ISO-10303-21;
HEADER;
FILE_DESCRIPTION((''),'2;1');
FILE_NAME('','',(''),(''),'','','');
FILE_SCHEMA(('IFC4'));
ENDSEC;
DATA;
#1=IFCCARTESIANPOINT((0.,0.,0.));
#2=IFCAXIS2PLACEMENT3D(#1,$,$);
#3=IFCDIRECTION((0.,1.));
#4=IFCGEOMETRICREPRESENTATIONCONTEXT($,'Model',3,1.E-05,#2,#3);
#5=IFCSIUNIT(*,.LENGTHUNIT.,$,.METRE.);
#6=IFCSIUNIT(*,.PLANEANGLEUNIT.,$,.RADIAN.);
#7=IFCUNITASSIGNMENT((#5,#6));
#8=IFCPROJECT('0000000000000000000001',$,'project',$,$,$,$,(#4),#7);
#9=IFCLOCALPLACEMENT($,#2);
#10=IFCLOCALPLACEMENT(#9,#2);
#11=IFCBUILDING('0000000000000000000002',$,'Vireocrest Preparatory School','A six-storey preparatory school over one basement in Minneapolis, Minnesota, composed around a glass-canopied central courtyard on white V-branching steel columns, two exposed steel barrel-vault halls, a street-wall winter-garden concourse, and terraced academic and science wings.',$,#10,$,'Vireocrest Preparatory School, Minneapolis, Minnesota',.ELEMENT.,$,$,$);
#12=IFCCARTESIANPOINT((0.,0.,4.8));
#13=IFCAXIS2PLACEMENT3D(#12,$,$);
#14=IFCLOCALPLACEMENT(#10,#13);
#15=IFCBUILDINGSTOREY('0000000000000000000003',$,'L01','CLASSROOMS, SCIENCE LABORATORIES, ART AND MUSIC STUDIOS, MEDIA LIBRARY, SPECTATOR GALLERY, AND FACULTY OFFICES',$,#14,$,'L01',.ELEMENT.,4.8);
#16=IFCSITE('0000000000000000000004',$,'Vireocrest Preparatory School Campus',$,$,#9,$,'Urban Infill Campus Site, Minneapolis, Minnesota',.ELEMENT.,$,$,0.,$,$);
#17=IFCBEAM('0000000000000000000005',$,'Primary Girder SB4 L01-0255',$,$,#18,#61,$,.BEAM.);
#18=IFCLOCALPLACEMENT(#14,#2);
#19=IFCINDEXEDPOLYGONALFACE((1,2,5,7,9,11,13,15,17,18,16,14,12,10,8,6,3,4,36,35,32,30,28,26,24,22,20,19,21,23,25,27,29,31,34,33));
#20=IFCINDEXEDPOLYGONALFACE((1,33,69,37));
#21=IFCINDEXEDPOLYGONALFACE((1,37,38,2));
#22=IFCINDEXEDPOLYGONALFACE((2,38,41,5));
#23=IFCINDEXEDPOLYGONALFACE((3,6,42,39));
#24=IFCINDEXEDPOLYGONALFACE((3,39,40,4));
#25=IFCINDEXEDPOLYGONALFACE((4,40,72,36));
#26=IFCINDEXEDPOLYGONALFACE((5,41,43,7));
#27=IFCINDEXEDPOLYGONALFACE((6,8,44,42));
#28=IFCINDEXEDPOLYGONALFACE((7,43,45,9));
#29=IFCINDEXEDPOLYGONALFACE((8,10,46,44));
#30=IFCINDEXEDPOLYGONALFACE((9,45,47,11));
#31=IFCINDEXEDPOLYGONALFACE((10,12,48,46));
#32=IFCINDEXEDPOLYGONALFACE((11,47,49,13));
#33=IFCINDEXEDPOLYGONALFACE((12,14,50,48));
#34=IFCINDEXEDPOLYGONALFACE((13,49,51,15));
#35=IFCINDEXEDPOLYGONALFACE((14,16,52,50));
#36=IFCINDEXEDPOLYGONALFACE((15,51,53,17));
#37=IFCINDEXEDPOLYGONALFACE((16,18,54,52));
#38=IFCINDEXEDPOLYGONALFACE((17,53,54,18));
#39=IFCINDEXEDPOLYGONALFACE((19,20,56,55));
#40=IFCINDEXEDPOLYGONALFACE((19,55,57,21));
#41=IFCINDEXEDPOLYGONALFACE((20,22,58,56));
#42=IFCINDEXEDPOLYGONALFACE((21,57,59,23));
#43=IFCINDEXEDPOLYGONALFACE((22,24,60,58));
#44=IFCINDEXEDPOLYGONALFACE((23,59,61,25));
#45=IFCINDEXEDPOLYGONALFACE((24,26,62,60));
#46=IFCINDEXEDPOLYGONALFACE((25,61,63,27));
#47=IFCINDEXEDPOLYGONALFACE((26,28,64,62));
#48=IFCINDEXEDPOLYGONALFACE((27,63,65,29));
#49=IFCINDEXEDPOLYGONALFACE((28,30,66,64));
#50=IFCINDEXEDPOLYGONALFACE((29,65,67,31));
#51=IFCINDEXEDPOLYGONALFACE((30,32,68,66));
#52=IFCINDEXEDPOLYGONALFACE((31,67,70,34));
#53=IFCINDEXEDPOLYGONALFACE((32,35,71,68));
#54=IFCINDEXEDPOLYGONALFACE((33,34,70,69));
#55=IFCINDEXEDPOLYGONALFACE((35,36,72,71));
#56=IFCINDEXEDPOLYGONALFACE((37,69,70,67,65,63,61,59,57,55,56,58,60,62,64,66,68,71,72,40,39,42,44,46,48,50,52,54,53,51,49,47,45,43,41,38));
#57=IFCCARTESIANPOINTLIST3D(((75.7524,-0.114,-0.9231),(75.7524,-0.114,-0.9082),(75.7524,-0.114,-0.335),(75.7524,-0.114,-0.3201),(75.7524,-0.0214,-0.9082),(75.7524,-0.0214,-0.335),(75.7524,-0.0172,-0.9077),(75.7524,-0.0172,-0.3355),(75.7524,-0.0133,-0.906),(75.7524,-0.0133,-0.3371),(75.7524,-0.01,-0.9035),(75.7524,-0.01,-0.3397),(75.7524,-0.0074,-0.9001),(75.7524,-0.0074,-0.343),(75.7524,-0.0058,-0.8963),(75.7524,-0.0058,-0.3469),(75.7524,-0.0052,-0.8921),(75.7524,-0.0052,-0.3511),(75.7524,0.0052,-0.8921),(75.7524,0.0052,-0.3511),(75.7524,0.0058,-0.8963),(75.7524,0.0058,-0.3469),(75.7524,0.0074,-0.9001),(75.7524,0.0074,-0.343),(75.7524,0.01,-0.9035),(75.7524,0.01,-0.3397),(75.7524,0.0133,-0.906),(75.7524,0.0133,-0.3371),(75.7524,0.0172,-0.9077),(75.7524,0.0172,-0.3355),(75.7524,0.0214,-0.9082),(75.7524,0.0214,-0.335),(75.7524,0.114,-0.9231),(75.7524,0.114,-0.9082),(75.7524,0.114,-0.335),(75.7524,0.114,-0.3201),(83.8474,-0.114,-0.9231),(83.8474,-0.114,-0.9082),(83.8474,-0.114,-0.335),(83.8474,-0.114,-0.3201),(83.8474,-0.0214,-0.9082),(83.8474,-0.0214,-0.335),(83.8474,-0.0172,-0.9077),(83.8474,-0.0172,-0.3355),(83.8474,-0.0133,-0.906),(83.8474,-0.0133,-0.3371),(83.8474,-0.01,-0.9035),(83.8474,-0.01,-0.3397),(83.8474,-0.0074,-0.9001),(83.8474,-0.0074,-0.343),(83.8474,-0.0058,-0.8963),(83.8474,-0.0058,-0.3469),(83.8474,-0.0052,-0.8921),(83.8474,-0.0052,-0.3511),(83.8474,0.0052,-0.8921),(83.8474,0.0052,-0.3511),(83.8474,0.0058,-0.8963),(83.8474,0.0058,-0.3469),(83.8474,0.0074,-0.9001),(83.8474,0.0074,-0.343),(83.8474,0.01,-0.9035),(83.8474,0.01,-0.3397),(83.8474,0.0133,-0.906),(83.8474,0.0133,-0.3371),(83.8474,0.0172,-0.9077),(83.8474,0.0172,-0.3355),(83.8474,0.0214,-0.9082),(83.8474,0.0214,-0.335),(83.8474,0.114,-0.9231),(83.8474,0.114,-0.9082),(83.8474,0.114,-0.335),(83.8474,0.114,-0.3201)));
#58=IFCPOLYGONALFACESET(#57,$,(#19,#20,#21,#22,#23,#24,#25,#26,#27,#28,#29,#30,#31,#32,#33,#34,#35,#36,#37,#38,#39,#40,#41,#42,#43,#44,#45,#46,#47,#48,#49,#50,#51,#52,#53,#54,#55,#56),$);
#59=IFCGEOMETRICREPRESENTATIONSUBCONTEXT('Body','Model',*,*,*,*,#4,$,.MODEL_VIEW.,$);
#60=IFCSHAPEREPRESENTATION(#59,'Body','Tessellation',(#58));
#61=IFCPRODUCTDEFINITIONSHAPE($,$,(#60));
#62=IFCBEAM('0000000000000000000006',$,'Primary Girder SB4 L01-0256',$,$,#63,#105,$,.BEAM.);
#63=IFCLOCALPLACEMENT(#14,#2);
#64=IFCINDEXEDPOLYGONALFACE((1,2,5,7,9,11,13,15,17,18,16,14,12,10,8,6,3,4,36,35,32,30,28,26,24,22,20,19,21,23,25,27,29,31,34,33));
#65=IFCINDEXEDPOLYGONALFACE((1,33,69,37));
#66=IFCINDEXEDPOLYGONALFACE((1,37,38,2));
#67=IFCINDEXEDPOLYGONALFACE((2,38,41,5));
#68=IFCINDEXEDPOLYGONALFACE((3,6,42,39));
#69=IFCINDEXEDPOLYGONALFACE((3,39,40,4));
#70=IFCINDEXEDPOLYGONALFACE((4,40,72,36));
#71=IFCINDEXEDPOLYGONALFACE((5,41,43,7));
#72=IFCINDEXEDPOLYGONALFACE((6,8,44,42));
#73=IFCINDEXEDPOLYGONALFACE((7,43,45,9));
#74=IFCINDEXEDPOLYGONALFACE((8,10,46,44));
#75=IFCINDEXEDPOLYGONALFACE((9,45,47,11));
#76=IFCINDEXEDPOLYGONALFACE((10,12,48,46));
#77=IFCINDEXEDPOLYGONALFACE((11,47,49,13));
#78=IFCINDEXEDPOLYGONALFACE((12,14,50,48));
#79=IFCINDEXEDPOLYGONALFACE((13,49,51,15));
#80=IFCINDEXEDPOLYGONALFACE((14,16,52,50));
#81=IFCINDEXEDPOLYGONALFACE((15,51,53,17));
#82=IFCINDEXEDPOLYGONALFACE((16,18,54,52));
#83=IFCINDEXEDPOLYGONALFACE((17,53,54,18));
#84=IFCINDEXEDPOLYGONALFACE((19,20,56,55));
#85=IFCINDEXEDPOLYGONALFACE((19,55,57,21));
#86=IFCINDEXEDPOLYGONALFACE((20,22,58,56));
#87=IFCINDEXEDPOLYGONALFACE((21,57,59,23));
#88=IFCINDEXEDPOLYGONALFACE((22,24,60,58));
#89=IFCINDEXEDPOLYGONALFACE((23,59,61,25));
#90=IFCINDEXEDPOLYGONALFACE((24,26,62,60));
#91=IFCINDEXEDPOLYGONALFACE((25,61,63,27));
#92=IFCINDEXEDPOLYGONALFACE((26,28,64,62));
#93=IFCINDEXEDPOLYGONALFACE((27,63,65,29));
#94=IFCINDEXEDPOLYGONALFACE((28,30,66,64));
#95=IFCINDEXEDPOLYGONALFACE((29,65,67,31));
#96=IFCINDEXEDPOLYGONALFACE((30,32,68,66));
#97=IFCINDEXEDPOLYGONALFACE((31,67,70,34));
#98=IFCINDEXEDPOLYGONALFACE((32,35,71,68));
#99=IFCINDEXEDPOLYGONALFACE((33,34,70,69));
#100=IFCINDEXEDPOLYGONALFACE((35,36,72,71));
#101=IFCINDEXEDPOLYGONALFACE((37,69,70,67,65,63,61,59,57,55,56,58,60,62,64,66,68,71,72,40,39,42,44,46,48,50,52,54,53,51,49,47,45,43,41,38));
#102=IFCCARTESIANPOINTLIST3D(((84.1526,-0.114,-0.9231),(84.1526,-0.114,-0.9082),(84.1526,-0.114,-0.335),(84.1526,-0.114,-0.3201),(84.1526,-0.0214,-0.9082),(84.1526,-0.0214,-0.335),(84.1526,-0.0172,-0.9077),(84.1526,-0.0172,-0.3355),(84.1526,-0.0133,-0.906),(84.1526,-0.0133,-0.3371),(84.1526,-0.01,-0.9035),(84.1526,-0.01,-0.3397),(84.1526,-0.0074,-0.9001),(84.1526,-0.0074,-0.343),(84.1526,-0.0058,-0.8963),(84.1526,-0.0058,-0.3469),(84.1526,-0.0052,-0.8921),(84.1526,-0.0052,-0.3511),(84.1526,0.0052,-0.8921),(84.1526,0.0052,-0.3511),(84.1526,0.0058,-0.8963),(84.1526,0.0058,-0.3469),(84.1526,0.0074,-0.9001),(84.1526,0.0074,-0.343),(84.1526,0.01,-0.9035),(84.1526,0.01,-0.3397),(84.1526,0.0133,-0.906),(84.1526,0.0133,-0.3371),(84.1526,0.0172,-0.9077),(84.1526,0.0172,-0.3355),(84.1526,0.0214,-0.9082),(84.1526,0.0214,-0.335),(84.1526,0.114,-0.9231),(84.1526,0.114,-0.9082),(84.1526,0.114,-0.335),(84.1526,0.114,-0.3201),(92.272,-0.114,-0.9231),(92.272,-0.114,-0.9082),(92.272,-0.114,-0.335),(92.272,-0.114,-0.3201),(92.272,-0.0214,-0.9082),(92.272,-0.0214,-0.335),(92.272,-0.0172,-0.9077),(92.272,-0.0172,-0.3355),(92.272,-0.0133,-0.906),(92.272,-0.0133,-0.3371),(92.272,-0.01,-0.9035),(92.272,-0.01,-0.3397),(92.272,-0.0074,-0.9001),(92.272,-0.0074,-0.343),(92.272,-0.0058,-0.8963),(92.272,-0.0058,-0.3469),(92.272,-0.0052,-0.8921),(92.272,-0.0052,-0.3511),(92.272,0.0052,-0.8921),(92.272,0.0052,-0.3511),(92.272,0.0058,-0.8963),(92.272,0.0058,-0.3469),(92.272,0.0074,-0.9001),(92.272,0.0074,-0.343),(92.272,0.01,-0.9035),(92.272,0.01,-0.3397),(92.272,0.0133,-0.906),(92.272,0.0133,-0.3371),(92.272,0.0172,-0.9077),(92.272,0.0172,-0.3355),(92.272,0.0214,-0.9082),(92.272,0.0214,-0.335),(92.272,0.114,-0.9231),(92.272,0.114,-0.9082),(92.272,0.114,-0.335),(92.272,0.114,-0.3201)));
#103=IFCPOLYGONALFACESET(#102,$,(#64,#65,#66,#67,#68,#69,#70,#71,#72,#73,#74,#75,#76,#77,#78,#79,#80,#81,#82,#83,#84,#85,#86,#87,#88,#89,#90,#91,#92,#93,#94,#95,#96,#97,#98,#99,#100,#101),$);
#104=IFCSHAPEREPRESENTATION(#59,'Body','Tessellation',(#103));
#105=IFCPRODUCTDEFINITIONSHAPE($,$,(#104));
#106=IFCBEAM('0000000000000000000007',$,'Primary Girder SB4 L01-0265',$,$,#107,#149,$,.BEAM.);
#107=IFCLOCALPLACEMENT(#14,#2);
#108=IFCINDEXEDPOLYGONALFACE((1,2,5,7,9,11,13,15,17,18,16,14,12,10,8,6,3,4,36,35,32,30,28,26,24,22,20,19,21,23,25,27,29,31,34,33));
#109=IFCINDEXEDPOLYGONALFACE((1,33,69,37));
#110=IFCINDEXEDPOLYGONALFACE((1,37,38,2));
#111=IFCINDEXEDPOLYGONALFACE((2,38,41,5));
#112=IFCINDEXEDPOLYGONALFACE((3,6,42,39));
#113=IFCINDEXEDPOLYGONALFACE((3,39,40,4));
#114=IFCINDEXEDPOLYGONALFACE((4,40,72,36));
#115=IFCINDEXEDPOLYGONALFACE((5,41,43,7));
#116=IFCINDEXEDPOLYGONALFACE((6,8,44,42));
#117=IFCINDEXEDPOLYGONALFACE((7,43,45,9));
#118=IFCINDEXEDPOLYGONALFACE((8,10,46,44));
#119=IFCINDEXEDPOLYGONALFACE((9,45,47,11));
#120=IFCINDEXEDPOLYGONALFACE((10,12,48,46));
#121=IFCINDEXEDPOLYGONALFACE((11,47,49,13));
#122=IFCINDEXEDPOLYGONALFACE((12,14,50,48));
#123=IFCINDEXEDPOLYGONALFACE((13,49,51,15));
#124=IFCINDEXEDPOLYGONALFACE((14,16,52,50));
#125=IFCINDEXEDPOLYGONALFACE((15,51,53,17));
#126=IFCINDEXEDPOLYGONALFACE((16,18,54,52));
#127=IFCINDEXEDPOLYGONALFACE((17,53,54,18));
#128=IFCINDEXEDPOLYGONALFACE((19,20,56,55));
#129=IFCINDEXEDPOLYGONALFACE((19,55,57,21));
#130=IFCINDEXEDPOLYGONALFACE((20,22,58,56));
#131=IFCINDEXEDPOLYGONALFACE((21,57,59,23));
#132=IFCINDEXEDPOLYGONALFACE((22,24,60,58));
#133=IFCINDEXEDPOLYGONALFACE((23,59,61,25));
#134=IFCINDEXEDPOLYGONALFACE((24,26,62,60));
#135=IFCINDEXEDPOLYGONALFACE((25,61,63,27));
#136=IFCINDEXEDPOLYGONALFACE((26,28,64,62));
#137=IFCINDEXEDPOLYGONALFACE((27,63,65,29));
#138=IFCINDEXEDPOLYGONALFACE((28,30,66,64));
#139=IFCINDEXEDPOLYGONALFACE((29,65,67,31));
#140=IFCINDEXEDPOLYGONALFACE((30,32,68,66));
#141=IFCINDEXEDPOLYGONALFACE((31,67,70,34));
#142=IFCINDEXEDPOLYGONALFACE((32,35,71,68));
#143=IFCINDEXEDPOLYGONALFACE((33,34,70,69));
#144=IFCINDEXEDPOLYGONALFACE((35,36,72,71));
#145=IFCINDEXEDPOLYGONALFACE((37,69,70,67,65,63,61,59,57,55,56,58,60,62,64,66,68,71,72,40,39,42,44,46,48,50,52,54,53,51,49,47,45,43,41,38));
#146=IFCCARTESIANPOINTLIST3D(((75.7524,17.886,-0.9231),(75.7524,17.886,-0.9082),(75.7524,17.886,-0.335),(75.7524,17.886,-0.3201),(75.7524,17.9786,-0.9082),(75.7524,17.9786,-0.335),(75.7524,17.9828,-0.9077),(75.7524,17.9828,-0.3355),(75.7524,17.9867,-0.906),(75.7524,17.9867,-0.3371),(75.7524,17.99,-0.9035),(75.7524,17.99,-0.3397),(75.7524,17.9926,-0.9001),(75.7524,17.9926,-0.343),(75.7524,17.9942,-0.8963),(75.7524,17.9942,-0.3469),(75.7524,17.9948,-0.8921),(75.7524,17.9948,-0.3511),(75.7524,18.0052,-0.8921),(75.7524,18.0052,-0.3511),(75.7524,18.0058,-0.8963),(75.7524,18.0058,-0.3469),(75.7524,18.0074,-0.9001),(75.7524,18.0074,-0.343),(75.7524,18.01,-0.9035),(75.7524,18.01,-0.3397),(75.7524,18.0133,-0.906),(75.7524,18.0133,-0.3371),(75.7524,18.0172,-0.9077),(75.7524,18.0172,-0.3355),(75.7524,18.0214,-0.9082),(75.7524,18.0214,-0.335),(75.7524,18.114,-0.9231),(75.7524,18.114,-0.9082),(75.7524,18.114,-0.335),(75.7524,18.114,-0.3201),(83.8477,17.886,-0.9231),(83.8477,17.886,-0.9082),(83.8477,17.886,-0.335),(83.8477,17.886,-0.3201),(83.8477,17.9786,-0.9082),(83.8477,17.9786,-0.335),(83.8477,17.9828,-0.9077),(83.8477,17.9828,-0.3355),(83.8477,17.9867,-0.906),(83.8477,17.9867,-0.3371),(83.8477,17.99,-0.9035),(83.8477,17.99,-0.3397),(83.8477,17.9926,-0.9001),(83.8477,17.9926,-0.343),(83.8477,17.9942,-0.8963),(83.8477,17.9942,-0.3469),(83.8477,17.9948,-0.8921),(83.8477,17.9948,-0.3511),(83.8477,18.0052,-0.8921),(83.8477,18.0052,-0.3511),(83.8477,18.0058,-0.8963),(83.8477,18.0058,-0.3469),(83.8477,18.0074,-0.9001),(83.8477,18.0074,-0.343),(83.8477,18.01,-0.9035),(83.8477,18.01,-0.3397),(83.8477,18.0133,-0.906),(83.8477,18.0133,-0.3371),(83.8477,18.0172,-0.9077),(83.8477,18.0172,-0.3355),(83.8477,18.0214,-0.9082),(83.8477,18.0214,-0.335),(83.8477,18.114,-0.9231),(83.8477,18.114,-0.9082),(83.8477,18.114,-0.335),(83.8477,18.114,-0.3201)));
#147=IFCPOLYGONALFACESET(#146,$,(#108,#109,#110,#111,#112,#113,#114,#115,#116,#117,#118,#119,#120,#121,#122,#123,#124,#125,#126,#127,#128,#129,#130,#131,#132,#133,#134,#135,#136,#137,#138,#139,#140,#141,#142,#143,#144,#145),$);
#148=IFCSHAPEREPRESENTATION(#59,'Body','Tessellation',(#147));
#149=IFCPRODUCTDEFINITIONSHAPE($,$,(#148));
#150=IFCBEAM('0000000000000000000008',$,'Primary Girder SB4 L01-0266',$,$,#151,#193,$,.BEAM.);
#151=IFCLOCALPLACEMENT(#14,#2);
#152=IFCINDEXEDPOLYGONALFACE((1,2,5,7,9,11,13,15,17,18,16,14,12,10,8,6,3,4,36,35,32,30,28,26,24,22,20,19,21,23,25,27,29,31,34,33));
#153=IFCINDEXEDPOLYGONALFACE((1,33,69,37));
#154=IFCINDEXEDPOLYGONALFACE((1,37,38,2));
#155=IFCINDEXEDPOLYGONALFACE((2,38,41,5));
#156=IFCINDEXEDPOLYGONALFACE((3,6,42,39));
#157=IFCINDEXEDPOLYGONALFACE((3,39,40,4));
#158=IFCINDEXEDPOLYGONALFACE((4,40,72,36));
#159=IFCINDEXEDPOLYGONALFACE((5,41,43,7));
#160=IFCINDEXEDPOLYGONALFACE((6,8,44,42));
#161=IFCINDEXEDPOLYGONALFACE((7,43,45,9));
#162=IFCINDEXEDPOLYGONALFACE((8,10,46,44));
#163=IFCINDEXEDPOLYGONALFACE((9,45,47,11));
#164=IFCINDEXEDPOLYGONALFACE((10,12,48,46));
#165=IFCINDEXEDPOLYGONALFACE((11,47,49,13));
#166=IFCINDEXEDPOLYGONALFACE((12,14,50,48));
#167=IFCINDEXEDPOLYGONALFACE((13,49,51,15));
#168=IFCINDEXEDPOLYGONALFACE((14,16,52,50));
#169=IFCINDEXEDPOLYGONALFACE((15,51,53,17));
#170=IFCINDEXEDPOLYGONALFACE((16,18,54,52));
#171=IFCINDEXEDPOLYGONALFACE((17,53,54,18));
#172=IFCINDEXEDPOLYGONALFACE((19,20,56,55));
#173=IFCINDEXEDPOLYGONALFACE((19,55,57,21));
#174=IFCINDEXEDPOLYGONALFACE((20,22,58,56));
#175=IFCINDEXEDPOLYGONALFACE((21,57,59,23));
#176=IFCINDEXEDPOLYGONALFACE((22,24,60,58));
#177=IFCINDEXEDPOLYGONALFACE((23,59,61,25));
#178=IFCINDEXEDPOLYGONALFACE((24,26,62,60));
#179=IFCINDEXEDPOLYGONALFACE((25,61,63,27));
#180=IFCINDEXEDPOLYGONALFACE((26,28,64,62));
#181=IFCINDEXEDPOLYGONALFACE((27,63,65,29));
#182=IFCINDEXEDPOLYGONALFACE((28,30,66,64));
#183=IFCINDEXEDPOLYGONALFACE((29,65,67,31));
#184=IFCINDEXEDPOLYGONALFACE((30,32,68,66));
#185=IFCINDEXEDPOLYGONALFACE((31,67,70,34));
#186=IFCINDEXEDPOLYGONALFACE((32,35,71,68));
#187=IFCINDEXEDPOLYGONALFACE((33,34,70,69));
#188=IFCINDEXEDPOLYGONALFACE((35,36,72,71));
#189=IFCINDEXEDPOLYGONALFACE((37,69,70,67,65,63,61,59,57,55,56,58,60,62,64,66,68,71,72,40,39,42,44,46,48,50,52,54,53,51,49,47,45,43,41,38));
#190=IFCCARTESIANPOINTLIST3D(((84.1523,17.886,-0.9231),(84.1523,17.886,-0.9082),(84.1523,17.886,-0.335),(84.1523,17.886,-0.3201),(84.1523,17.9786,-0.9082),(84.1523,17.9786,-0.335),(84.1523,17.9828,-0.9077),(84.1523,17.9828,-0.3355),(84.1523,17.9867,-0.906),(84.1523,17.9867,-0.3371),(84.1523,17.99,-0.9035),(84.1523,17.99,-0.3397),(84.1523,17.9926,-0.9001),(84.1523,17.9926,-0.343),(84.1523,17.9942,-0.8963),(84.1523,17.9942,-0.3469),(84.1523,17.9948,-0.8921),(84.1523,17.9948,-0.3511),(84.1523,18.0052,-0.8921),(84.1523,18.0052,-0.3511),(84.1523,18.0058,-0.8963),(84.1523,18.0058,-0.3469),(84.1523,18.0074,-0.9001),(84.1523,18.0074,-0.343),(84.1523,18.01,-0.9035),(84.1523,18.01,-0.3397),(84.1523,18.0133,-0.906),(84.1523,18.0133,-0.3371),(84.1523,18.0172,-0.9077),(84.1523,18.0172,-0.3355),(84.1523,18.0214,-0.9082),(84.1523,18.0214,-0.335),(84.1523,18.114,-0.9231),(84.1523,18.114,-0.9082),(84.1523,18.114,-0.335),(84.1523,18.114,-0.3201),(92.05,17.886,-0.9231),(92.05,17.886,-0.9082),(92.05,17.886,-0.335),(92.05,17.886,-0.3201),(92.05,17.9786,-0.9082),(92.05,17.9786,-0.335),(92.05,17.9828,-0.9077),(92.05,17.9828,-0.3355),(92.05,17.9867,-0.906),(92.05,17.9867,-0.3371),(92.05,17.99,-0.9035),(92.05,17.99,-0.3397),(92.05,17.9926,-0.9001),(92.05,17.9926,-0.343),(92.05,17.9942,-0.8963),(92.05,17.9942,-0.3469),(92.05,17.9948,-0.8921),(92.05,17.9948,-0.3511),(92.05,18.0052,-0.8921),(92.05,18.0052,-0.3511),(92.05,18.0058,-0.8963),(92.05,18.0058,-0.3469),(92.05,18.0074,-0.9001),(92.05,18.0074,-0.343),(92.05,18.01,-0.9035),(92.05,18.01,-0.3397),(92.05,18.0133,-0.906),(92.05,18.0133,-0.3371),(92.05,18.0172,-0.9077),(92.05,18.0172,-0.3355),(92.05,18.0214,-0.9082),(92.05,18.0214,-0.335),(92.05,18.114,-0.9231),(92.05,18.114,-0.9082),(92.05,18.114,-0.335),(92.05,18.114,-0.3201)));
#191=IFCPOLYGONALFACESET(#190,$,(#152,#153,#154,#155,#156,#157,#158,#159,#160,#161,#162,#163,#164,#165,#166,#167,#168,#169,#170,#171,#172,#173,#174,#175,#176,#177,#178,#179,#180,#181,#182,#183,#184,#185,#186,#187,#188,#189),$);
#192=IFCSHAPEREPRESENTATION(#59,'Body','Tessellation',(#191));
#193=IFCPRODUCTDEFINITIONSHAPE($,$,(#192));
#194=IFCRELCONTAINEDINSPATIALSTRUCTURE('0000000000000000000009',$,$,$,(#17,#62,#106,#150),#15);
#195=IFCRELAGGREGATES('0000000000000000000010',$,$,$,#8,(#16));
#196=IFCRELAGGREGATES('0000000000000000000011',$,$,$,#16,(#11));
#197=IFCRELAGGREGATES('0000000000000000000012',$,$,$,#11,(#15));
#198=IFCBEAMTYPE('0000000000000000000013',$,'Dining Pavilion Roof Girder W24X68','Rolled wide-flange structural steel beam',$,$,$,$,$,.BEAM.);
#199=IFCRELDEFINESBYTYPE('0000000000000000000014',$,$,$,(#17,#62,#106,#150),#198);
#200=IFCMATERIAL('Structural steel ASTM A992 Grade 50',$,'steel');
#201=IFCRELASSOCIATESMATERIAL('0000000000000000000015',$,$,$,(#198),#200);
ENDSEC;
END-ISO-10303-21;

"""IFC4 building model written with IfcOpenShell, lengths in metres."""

from ifc_helpers import new_model, si_unit, direction, frame, origin, origin_2d, place, context, subcontext, project, spatial, i_section, extrude, material, material_profile, profile_set, type_object, element, save


model = new_model("IFC4")

# Units and contexts
model_context = context("Model", 3, precision=1e-05, world=origin(), true_north=direction((0.0, 1.0)))
body_context = subcontext(model_context, "Body", "Model", "MODEL_VIEW")
ifc_project = project(units=[si_unit("LENGTHUNIT", "METRE"), si_unit("PLANEANGLEUNIT", "RADIAN")], contexts=[model_context])

# Site, building, storey
site_placement = place(None, origin())
site = spatial("IfcSite", under=ifc_project, at=site_placement, Name="Vireocrest Preparatory School Campus", LongName="Urban Infill Campus Site, Minneapolis, Minnesota", CompositionType="ELEMENT", RefElevation=0.0)
building_placement = place(site_placement, origin())
building = spatial("IfcBuilding", under=site, at=building_placement, Name="Vireocrest Preparatory School", Description="A six-storey preparatory school over one basement in Minneapolis, Minnesota, composed around a glass-canopied central courtyard on white V-branching steel columns, two exposed steel barrel-vault halls, a street-wall winter-garden concourse, and terraced academic and science wings.", LongName="Vireocrest Preparatory School, Minneapolis, Minnesota", CompositionType="ELEMENT")
storey_placement = place(building_placement, frame((0.0, 0.0, 4.8)))
storey = spatial("IfcBuildingStorey", under=building, at=storey_placement, Name="L01", Description="CLASSROOMS, SCIENCE LABORATORIES, ART AND MUSIC STUDIOS, MEDIA LIBRARY, SPECTATOR GALLERY, AND FACULTY OFFICES", LongName="L01", CompositionType="ELEMENT", Elevation=4.8)

# Beams
ifc_material_1 = material(Name="Structural steel ASTM A992 Grade 50", Category="steel")
ifc_material_profile_1 = material_profile(ifc_material_1, i_section(OverallWidth=0.228, OverallDepth=0.603, WebThickness=0.0105, FlangeThickness=0.0149, FilletRadius=0.0161, at=origin_2d()), Name="W24X68")
ifc_profile_set_1 = profile_set([ifc_material_profile_1], Name="Structural steel ASTM A992 Grade 50")
beam_type_1 = type_object("IfcBeamType", Name="Dining Pavilion Roof Girder W24X68", Description="Rolled wide-flange structural steel beam", PredefinedType="BEAM", material=ifc_profile_set_1)
beam_1_placement = place(storey_placement, frame((75.7524, 0.0, -0.6216), z_axis=(1.0, 0.0, 0.0), x_axis=(0.0, 1.0, 0.0)))
element("IfcBeam", 1, at=beam_1_placement, inside=storey, type_object=beam_type_1, Name="Primary Girder SB4 L01-0255", PredefinedType="BEAM", context=body_context, shape_type="SweptSolid", body=[
    extrude(i_section(OverallWidth=0.228, OverallDepth=0.603, WebThickness=0.0105, FlangeThickness=0.0149, FilletRadius=0.0161, at=origin_2d()), origin(), (0.0, 0.0, 1.0), 8.095),
])
beam_2_placement = place(storey_placement, frame((84.1526, 0.0, -0.6216), z_axis=(1.0, 0.0, 0.0), x_axis=(0.0, 1.0, 0.0)))
element("IfcBeam", 2, at=beam_2_placement, inside=storey, type_object=beam_type_1, Name="Primary Girder SB4 L01-0256", PredefinedType="BEAM", context=body_context, shape_type="SweptSolid", body=[
    extrude(i_section(OverallWidth=0.228, OverallDepth=0.603, WebThickness=0.0105, FlangeThickness=0.0149, FilletRadius=0.0161, at=origin_2d()), origin(), (0.0, 0.0, 1.0), 8.1194),
])
beam_3_placement = place(storey_placement, frame((75.7524, 18.0, -0.6216), z_axis=(1.0, 0.0, 0.0), x_axis=(0.0, 1.0, 0.0)))
element("IfcBeam", 3, at=beam_3_placement, inside=storey, type_object=beam_type_1, Name="Primary Girder SB4 L01-0265", PredefinedType="BEAM", context=body_context, shape_type="SweptSolid", body=[
    extrude(i_section(OverallWidth=0.228, OverallDepth=0.603, WebThickness=0.0105, FlangeThickness=0.0149, FilletRadius=0.0161, at=origin_2d()), origin(), (0.0, 0.0, 1.0), 8.0952),
])
beam_4_placement = place(storey_placement, frame((84.1523, 18.0, -0.6216), z_axis=(1.0, 0.0, 0.0), x_axis=(0.0, 1.0, 0.0)))
element("IfcBeam", 4, at=beam_4_placement, inside=storey, type_object=beam_type_1, Name="Primary Girder SB4 L01-0266", PredefinedType="BEAM", context=body_context, shape_type="SweptSolid", body=[
    extrude(i_section(OverallWidth=0.228, OverallDepth=0.603, WebThickness=0.0105, FlangeThickness=0.0149, FilletRadius=0.0161, at=origin_2d()), origin(), (0.0, 0.0, 1.0), 7.8977),
])

save(model, "model.ifc")
